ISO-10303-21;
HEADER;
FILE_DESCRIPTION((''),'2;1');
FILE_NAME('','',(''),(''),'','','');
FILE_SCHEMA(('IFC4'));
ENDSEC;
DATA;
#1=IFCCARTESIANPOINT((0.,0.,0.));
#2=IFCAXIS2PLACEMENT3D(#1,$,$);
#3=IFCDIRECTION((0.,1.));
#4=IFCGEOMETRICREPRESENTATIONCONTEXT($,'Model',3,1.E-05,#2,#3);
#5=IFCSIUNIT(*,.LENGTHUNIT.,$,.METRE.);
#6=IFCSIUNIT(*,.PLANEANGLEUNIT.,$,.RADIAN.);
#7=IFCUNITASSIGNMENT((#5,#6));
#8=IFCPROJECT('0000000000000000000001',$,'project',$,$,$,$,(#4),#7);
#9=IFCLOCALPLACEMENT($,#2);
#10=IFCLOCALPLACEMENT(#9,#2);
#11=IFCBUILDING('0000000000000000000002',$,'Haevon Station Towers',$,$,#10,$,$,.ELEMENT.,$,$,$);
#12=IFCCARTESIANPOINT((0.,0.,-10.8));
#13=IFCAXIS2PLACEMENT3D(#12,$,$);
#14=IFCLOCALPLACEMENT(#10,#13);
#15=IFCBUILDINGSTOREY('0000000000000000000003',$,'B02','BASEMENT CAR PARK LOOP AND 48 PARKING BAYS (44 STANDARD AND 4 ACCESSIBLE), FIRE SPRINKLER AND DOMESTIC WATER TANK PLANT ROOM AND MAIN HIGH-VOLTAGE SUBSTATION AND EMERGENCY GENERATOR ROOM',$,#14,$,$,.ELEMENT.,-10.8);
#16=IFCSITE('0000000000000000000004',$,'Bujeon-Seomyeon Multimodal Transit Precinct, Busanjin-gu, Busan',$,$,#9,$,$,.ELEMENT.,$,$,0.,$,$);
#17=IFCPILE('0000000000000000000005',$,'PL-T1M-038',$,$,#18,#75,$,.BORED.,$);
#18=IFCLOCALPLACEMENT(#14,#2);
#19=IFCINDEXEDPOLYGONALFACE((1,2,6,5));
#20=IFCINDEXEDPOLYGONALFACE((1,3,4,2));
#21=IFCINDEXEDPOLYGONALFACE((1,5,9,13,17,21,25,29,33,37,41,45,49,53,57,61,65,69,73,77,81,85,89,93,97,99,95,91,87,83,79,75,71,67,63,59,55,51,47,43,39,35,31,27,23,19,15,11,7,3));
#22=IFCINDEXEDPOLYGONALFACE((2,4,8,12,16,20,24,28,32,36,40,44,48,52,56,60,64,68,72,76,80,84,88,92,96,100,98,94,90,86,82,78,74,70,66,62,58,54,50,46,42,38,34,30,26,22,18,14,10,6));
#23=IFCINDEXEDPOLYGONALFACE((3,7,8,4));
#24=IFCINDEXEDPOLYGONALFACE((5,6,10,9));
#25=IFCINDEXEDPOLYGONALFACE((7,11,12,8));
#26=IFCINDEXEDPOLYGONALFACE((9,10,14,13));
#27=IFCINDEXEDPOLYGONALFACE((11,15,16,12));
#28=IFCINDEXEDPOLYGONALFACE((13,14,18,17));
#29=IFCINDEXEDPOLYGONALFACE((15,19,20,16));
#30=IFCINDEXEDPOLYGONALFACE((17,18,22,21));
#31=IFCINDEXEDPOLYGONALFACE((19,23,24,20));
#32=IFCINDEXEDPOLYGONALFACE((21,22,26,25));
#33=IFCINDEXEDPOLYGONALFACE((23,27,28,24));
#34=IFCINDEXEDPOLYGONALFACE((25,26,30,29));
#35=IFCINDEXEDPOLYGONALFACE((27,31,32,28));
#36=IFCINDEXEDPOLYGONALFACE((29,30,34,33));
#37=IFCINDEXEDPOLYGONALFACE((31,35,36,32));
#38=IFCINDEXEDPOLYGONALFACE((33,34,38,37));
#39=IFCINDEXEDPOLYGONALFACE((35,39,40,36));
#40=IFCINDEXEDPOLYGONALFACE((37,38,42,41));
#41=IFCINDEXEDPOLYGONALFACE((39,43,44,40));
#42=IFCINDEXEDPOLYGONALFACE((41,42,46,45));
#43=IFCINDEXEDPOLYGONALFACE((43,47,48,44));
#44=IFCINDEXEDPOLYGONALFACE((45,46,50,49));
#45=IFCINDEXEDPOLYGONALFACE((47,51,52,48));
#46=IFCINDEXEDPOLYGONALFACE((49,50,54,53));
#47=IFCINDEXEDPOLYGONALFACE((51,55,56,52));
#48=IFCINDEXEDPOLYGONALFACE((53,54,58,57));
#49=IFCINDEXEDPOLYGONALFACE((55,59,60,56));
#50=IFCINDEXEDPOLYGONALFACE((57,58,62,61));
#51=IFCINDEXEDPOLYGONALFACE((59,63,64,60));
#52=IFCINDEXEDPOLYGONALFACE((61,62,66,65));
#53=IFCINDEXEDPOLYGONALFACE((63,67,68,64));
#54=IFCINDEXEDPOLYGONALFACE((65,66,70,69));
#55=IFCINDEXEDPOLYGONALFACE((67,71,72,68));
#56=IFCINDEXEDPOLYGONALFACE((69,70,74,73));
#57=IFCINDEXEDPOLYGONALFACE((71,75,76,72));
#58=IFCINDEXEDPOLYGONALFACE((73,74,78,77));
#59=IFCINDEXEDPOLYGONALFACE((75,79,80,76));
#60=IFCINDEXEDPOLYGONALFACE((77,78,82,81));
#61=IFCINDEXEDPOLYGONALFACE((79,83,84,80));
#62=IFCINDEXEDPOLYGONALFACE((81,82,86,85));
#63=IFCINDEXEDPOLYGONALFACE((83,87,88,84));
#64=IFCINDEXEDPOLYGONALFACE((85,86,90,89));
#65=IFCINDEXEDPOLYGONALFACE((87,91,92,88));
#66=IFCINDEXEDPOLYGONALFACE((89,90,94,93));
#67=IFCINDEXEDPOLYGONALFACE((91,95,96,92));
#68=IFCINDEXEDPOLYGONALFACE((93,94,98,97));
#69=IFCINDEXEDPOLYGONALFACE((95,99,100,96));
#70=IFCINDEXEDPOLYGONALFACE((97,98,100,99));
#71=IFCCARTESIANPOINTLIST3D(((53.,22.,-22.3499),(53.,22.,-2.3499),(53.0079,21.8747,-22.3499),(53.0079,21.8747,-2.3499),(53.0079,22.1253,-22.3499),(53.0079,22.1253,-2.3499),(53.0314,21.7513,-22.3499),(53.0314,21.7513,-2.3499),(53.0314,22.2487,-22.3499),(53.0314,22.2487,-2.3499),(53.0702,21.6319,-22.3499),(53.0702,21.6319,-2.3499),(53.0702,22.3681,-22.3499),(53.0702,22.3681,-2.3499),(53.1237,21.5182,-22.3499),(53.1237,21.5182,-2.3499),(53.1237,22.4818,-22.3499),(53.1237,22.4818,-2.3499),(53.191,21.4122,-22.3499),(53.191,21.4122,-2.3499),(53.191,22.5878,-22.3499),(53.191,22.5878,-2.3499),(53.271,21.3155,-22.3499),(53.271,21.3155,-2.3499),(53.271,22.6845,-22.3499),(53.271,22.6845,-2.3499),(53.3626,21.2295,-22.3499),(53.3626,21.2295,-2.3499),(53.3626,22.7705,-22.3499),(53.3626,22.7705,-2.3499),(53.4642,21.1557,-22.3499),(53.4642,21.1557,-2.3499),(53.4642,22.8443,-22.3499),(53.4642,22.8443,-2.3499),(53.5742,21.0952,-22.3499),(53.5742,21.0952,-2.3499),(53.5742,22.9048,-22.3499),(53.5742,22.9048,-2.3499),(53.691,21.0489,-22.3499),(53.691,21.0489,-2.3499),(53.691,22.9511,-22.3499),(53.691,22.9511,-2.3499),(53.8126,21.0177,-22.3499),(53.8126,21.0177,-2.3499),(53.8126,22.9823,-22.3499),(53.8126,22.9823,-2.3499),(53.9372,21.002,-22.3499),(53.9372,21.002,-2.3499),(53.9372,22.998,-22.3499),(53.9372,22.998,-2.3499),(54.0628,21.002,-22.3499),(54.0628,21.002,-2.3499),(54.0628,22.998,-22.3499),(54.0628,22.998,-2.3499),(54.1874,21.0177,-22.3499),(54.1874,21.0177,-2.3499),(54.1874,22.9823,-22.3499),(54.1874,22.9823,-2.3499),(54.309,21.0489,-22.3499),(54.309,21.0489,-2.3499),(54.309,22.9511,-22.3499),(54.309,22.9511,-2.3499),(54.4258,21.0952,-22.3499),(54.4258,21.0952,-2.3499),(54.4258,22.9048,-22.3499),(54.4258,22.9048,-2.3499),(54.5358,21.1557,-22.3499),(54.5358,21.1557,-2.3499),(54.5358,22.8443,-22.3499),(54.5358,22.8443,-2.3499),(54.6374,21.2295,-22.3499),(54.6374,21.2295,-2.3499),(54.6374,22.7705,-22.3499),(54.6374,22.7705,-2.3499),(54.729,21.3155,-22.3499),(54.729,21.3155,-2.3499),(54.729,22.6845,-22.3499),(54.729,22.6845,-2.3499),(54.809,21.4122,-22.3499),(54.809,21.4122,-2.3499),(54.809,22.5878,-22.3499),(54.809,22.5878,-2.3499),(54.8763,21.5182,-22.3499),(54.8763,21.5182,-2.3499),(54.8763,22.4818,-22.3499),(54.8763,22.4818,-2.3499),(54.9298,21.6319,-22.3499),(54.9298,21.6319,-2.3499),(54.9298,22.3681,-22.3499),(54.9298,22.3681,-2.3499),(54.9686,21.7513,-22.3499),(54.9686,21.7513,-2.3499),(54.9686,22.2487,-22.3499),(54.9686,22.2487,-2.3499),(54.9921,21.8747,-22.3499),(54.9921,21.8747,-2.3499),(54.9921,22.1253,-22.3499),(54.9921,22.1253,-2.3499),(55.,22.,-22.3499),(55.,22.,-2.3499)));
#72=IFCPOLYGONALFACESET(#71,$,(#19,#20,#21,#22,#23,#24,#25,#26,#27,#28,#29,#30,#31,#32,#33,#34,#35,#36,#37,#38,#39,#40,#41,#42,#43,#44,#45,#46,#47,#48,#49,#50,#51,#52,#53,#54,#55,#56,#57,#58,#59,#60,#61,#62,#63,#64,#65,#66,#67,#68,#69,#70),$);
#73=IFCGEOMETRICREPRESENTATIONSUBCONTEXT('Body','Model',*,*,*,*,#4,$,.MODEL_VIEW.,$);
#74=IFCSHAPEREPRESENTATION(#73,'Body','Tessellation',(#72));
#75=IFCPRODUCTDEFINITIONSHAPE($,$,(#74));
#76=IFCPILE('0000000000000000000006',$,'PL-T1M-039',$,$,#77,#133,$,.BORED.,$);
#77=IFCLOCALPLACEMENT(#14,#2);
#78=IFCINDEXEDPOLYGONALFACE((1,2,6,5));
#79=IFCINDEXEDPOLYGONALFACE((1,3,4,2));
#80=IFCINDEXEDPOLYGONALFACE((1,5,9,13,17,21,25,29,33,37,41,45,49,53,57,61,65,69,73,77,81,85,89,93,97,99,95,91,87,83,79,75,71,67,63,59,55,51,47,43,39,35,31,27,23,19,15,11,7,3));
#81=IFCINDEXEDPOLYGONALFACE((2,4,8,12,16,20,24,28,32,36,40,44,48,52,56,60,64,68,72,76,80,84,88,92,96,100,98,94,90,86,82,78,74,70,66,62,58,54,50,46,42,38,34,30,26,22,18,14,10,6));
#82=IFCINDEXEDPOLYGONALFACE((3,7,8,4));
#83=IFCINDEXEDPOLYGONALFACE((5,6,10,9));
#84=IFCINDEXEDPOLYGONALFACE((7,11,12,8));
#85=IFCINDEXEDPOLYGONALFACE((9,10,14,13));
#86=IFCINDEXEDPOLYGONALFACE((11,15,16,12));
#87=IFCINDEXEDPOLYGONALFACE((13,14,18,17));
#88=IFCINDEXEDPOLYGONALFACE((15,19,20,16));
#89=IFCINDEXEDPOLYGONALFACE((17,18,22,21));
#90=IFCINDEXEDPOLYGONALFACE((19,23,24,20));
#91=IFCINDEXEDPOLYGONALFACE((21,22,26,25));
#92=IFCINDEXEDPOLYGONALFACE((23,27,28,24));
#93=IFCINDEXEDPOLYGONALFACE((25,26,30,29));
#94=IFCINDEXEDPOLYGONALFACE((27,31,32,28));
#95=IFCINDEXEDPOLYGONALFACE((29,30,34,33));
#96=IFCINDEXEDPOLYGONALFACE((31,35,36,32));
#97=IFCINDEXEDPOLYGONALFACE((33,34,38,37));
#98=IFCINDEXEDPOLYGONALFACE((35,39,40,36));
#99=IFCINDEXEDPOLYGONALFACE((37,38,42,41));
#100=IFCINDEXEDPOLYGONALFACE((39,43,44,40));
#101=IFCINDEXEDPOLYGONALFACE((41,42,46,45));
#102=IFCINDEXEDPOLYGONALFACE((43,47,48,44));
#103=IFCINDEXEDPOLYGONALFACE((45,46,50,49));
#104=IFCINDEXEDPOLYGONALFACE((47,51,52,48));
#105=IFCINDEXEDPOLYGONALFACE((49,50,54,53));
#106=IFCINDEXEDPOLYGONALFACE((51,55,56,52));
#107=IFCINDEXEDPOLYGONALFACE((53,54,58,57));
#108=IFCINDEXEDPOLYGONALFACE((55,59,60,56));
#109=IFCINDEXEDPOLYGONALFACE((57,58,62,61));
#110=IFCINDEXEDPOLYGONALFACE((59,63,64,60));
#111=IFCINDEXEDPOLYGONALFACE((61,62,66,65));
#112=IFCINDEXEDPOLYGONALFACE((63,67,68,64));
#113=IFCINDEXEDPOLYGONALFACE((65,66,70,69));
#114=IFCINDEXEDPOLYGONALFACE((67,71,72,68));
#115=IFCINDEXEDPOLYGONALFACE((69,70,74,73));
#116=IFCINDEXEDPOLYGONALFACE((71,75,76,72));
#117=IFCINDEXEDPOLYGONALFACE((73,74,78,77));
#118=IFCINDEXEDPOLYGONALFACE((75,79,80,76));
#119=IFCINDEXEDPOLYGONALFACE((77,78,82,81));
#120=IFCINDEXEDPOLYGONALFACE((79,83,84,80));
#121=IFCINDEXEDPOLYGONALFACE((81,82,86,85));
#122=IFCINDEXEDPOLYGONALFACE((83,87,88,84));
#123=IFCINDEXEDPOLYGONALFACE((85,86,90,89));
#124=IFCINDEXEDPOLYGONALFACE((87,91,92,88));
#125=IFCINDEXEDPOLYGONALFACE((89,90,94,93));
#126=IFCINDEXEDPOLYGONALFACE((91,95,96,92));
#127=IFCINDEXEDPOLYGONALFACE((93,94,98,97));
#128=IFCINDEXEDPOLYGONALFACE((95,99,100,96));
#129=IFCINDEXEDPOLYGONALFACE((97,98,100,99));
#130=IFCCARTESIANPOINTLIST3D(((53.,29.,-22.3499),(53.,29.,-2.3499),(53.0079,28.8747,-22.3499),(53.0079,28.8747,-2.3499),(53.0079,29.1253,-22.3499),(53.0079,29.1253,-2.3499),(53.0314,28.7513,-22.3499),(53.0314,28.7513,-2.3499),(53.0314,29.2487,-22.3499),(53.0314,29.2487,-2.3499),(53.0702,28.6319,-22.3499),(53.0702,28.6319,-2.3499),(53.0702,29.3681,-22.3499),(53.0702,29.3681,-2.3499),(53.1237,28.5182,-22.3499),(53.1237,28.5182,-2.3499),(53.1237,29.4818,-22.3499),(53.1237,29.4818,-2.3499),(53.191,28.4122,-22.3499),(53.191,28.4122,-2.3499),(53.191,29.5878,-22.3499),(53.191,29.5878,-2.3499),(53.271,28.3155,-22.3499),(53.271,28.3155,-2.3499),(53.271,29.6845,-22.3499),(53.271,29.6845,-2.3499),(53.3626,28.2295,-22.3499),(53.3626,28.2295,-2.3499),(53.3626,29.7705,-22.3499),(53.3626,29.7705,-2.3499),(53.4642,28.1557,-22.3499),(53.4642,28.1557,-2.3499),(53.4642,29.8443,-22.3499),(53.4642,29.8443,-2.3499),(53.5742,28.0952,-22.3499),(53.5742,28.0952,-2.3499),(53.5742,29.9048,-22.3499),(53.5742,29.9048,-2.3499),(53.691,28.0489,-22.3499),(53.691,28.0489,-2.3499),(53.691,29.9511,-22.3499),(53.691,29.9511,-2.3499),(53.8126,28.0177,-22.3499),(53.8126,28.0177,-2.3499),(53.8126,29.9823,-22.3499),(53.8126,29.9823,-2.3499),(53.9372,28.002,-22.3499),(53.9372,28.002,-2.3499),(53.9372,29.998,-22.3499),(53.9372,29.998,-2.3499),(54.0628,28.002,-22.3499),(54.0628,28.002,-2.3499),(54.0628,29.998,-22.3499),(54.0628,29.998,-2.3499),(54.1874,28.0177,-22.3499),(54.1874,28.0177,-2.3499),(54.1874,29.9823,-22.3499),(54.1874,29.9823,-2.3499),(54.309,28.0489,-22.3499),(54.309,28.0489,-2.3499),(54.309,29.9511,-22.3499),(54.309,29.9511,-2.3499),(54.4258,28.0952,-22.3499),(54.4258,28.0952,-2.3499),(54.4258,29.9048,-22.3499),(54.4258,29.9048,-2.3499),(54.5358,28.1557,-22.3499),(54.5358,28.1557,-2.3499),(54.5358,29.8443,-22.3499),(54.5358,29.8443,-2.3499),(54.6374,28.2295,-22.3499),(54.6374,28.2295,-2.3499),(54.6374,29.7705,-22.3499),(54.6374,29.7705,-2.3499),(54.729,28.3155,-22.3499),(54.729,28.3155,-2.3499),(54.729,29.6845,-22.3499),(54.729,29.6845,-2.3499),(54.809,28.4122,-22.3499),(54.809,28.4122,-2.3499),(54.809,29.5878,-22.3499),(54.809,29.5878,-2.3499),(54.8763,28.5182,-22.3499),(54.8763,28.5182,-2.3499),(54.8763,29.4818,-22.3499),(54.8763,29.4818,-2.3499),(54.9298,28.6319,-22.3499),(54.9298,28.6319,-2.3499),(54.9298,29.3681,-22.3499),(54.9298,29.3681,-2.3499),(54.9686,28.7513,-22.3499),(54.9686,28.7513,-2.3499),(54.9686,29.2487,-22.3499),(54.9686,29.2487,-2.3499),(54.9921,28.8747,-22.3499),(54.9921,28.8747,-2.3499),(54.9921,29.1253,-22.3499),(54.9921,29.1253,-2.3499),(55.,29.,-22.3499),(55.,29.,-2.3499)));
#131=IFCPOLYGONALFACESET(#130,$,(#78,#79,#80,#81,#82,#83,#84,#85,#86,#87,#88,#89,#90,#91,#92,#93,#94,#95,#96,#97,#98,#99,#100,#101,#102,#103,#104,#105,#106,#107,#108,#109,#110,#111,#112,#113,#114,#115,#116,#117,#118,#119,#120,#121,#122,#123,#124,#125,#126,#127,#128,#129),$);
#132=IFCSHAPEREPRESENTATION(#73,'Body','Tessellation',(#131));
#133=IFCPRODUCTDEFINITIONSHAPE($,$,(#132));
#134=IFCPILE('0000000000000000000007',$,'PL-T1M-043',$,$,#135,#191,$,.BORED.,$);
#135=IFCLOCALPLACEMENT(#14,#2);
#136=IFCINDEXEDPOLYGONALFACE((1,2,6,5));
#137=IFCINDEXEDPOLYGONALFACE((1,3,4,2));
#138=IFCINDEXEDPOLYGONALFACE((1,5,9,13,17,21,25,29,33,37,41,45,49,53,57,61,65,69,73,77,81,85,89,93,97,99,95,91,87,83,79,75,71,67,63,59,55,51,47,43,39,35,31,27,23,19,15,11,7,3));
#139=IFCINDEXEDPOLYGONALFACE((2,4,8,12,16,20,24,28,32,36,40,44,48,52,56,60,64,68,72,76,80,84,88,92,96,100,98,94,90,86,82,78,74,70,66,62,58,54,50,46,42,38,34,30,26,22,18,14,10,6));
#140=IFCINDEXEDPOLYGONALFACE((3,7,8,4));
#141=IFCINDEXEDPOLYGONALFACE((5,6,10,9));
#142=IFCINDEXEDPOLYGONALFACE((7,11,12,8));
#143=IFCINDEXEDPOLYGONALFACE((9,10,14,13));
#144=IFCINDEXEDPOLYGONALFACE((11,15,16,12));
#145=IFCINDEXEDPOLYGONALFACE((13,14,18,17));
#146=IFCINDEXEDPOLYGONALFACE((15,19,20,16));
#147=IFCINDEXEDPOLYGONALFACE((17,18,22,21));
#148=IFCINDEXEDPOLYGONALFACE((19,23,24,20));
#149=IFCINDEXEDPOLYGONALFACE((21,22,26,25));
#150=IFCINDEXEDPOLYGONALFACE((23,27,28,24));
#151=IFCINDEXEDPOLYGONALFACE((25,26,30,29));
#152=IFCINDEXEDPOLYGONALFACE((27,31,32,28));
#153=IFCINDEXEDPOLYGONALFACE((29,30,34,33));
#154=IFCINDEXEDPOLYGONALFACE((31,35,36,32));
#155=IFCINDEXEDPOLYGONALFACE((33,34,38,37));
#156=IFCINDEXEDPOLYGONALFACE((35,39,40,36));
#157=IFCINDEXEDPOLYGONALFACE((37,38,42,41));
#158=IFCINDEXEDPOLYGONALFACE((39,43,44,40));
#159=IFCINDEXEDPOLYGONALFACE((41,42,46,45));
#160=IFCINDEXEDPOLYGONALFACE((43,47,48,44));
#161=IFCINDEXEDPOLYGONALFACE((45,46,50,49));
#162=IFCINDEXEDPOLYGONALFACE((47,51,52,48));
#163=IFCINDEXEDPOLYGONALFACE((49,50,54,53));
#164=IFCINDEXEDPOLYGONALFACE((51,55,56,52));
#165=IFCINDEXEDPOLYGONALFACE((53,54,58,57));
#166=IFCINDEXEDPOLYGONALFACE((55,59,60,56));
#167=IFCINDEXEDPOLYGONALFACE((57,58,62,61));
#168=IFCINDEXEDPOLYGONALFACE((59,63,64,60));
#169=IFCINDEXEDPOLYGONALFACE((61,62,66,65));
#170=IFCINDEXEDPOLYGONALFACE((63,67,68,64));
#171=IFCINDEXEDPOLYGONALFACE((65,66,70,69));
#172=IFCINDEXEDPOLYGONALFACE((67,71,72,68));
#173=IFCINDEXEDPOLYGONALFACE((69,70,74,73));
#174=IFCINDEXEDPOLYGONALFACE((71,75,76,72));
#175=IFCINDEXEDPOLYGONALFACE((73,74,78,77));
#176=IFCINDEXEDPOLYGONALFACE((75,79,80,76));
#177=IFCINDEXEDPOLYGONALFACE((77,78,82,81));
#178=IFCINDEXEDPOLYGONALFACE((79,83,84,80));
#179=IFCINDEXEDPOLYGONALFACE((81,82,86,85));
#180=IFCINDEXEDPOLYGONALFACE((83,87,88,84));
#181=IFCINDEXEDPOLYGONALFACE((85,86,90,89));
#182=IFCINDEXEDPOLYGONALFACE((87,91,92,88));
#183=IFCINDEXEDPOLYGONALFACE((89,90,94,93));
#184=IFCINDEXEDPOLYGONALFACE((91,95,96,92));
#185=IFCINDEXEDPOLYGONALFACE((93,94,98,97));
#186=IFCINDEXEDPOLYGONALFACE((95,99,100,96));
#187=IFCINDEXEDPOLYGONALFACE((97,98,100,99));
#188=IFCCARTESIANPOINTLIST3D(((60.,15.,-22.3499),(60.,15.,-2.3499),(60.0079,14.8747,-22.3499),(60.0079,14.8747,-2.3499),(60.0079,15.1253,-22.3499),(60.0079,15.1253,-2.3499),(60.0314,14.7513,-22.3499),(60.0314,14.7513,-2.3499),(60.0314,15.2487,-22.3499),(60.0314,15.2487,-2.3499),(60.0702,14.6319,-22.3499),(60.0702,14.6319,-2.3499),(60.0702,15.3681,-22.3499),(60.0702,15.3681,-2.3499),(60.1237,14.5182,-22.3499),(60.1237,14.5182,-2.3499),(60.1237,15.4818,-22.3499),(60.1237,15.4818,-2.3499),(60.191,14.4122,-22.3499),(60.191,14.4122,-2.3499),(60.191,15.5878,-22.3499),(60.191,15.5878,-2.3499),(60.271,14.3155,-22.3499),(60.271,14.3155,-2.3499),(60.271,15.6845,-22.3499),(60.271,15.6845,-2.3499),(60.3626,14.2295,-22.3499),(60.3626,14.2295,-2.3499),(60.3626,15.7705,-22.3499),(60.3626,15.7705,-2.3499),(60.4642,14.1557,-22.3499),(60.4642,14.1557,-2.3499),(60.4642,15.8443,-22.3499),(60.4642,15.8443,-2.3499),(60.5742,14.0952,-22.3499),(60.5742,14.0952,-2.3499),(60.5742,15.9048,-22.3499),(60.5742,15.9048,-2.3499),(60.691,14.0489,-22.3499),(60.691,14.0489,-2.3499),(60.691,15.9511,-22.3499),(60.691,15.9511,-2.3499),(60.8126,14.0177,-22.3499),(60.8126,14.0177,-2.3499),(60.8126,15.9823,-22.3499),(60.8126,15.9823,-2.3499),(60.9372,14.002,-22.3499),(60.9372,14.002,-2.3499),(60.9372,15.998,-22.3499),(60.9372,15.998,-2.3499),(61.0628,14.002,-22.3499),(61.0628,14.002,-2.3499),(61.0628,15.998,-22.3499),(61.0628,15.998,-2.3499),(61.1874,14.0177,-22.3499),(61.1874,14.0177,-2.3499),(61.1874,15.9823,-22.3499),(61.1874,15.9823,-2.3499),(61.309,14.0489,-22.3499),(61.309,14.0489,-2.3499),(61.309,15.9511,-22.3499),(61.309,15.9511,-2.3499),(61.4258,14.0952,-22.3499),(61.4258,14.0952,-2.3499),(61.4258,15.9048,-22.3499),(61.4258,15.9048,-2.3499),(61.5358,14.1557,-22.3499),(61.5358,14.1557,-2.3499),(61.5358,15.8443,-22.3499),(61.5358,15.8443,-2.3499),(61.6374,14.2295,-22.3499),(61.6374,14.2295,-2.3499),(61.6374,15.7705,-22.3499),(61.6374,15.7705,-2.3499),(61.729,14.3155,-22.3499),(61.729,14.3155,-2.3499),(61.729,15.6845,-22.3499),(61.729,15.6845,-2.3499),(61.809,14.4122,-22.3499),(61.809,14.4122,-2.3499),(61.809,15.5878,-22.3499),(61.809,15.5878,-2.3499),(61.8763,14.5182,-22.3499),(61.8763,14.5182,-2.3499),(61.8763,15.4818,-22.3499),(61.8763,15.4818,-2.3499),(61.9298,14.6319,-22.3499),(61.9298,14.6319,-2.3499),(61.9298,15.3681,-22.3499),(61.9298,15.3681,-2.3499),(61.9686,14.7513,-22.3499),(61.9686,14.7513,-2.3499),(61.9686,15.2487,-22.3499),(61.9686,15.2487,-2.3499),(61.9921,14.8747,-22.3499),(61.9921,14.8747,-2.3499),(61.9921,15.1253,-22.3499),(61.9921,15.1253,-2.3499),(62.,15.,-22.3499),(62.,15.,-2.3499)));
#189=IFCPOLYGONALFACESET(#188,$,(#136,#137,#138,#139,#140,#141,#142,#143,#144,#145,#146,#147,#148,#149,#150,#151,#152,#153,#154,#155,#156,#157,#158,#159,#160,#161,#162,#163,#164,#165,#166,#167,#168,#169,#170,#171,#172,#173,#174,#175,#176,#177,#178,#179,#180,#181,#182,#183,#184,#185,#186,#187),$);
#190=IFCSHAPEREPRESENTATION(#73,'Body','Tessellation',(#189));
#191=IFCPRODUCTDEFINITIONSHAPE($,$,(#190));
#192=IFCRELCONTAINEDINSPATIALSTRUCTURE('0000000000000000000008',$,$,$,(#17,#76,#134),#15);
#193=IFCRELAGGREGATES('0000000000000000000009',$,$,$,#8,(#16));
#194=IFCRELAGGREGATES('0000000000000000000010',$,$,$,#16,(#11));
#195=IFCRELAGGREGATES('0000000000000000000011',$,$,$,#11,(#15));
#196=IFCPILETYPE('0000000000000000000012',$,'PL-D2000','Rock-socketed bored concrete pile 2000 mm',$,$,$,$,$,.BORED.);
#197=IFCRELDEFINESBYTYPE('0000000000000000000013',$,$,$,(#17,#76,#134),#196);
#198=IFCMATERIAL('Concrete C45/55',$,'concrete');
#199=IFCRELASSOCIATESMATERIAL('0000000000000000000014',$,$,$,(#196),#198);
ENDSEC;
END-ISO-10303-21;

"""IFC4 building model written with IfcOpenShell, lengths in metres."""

from ifc_helpers import new_model, si_unit, direction, frame, origin, origin_2d, place, context, subcontext, project, spatial, circle, extrude, material, material_profile, profile_set, type_object, element, save


model = new_model("IFC4")

# Units and contexts
model_context = context("Model", 3, precision=1e-05, world=origin(), true_north=direction((0.0, 1.0)))
body_context = subcontext(model_context, "Body", "Model", "MODEL_VIEW")
ifc_project = project(units=[si_unit("LENGTHUNIT", "METRE"), si_unit("PLANEANGLEUNIT", "RADIAN")], contexts=[model_context])

# Site, building, storey
site_placement = place(None, origin())
site = spatial("IfcSite", under=ifc_project, at=site_placement, Name="Bujeon-Seomyeon Multimodal Transit Precinct, Busanjin-gu, Busan", CompositionType="ELEMENT", RefElevation=0.0)
building_placement = place(site_placement, origin())
building = spatial("IfcBuilding", under=site, at=building_placement, Name="Haevon Station Towers", CompositionType="ELEMENT")
storey_placement = place(building_placement, frame((0.0, 0.0, -10.8)))
storey = spatial("IfcBuildingStorey", under=building, at=storey_placement, Name="B02", Description="BASEMENT CAR PARK LOOP AND 48 PARKING BAYS (44 STANDARD AND 4 ACCESSIBLE), FIRE SPRINKLER AND DOMESTIC WATER TANK PLANT ROOM AND MAIN HIGH-VOLTAGE SUBSTATION AND EMERGENCY GENERATOR ROOM", CompositionType="ELEMENT", Elevation=-10.8)

# Piles
ifc_material_1 = material(Name="Concrete C45/55", Category="concrete")
ifc_material_profile_1 = material_profile(ifc_material_1, circle(Radius=1.0, at=origin_2d()), Name="PILE-D2000")
ifc_profile_set_1 = profile_set([ifc_material_profile_1], Name="Concrete C45/55")
pile_type_1 = type_object("IfcPileType", Name="PL-D2000", Description="Rock-socketed bored concrete pile 2000 mm", PredefinedType="BORED", material=ifc_profile_set_1)
for number, where, z_axis, x_axis, name in (
    (1, (54.0, 22.0, -2.3499), (0.0, 0.0, -1.0), (1.0, 0.0, 0.0), "PL-T1M-038"),
    (2, (54.0, 29.0, -2.3499), (0.0, 0.0, -1.0), (1.0, 0.0, 0.0), "PL-T1M-039"),
    (3, (61.0, 15.0, -2.3499), (0.0, 0.0, -1.0), (1.0, 0.0, 0.0), "PL-T1M-043"),
):
    element("IfcPile", number, at=place(storey_placement, frame(where, z_axis=z_axis, x_axis=x_axis)), inside=storey, type_object=pile_type_1, Name=name, PredefinedType="BORED", context=body_context, shape_type="SweptSolid", body=[
        extrude(circle(Radius=1.0, at=origin_2d()), origin(), (0.0, 0.0, 1.0), 20.0),
    ])

save(model, "model.ifc")
